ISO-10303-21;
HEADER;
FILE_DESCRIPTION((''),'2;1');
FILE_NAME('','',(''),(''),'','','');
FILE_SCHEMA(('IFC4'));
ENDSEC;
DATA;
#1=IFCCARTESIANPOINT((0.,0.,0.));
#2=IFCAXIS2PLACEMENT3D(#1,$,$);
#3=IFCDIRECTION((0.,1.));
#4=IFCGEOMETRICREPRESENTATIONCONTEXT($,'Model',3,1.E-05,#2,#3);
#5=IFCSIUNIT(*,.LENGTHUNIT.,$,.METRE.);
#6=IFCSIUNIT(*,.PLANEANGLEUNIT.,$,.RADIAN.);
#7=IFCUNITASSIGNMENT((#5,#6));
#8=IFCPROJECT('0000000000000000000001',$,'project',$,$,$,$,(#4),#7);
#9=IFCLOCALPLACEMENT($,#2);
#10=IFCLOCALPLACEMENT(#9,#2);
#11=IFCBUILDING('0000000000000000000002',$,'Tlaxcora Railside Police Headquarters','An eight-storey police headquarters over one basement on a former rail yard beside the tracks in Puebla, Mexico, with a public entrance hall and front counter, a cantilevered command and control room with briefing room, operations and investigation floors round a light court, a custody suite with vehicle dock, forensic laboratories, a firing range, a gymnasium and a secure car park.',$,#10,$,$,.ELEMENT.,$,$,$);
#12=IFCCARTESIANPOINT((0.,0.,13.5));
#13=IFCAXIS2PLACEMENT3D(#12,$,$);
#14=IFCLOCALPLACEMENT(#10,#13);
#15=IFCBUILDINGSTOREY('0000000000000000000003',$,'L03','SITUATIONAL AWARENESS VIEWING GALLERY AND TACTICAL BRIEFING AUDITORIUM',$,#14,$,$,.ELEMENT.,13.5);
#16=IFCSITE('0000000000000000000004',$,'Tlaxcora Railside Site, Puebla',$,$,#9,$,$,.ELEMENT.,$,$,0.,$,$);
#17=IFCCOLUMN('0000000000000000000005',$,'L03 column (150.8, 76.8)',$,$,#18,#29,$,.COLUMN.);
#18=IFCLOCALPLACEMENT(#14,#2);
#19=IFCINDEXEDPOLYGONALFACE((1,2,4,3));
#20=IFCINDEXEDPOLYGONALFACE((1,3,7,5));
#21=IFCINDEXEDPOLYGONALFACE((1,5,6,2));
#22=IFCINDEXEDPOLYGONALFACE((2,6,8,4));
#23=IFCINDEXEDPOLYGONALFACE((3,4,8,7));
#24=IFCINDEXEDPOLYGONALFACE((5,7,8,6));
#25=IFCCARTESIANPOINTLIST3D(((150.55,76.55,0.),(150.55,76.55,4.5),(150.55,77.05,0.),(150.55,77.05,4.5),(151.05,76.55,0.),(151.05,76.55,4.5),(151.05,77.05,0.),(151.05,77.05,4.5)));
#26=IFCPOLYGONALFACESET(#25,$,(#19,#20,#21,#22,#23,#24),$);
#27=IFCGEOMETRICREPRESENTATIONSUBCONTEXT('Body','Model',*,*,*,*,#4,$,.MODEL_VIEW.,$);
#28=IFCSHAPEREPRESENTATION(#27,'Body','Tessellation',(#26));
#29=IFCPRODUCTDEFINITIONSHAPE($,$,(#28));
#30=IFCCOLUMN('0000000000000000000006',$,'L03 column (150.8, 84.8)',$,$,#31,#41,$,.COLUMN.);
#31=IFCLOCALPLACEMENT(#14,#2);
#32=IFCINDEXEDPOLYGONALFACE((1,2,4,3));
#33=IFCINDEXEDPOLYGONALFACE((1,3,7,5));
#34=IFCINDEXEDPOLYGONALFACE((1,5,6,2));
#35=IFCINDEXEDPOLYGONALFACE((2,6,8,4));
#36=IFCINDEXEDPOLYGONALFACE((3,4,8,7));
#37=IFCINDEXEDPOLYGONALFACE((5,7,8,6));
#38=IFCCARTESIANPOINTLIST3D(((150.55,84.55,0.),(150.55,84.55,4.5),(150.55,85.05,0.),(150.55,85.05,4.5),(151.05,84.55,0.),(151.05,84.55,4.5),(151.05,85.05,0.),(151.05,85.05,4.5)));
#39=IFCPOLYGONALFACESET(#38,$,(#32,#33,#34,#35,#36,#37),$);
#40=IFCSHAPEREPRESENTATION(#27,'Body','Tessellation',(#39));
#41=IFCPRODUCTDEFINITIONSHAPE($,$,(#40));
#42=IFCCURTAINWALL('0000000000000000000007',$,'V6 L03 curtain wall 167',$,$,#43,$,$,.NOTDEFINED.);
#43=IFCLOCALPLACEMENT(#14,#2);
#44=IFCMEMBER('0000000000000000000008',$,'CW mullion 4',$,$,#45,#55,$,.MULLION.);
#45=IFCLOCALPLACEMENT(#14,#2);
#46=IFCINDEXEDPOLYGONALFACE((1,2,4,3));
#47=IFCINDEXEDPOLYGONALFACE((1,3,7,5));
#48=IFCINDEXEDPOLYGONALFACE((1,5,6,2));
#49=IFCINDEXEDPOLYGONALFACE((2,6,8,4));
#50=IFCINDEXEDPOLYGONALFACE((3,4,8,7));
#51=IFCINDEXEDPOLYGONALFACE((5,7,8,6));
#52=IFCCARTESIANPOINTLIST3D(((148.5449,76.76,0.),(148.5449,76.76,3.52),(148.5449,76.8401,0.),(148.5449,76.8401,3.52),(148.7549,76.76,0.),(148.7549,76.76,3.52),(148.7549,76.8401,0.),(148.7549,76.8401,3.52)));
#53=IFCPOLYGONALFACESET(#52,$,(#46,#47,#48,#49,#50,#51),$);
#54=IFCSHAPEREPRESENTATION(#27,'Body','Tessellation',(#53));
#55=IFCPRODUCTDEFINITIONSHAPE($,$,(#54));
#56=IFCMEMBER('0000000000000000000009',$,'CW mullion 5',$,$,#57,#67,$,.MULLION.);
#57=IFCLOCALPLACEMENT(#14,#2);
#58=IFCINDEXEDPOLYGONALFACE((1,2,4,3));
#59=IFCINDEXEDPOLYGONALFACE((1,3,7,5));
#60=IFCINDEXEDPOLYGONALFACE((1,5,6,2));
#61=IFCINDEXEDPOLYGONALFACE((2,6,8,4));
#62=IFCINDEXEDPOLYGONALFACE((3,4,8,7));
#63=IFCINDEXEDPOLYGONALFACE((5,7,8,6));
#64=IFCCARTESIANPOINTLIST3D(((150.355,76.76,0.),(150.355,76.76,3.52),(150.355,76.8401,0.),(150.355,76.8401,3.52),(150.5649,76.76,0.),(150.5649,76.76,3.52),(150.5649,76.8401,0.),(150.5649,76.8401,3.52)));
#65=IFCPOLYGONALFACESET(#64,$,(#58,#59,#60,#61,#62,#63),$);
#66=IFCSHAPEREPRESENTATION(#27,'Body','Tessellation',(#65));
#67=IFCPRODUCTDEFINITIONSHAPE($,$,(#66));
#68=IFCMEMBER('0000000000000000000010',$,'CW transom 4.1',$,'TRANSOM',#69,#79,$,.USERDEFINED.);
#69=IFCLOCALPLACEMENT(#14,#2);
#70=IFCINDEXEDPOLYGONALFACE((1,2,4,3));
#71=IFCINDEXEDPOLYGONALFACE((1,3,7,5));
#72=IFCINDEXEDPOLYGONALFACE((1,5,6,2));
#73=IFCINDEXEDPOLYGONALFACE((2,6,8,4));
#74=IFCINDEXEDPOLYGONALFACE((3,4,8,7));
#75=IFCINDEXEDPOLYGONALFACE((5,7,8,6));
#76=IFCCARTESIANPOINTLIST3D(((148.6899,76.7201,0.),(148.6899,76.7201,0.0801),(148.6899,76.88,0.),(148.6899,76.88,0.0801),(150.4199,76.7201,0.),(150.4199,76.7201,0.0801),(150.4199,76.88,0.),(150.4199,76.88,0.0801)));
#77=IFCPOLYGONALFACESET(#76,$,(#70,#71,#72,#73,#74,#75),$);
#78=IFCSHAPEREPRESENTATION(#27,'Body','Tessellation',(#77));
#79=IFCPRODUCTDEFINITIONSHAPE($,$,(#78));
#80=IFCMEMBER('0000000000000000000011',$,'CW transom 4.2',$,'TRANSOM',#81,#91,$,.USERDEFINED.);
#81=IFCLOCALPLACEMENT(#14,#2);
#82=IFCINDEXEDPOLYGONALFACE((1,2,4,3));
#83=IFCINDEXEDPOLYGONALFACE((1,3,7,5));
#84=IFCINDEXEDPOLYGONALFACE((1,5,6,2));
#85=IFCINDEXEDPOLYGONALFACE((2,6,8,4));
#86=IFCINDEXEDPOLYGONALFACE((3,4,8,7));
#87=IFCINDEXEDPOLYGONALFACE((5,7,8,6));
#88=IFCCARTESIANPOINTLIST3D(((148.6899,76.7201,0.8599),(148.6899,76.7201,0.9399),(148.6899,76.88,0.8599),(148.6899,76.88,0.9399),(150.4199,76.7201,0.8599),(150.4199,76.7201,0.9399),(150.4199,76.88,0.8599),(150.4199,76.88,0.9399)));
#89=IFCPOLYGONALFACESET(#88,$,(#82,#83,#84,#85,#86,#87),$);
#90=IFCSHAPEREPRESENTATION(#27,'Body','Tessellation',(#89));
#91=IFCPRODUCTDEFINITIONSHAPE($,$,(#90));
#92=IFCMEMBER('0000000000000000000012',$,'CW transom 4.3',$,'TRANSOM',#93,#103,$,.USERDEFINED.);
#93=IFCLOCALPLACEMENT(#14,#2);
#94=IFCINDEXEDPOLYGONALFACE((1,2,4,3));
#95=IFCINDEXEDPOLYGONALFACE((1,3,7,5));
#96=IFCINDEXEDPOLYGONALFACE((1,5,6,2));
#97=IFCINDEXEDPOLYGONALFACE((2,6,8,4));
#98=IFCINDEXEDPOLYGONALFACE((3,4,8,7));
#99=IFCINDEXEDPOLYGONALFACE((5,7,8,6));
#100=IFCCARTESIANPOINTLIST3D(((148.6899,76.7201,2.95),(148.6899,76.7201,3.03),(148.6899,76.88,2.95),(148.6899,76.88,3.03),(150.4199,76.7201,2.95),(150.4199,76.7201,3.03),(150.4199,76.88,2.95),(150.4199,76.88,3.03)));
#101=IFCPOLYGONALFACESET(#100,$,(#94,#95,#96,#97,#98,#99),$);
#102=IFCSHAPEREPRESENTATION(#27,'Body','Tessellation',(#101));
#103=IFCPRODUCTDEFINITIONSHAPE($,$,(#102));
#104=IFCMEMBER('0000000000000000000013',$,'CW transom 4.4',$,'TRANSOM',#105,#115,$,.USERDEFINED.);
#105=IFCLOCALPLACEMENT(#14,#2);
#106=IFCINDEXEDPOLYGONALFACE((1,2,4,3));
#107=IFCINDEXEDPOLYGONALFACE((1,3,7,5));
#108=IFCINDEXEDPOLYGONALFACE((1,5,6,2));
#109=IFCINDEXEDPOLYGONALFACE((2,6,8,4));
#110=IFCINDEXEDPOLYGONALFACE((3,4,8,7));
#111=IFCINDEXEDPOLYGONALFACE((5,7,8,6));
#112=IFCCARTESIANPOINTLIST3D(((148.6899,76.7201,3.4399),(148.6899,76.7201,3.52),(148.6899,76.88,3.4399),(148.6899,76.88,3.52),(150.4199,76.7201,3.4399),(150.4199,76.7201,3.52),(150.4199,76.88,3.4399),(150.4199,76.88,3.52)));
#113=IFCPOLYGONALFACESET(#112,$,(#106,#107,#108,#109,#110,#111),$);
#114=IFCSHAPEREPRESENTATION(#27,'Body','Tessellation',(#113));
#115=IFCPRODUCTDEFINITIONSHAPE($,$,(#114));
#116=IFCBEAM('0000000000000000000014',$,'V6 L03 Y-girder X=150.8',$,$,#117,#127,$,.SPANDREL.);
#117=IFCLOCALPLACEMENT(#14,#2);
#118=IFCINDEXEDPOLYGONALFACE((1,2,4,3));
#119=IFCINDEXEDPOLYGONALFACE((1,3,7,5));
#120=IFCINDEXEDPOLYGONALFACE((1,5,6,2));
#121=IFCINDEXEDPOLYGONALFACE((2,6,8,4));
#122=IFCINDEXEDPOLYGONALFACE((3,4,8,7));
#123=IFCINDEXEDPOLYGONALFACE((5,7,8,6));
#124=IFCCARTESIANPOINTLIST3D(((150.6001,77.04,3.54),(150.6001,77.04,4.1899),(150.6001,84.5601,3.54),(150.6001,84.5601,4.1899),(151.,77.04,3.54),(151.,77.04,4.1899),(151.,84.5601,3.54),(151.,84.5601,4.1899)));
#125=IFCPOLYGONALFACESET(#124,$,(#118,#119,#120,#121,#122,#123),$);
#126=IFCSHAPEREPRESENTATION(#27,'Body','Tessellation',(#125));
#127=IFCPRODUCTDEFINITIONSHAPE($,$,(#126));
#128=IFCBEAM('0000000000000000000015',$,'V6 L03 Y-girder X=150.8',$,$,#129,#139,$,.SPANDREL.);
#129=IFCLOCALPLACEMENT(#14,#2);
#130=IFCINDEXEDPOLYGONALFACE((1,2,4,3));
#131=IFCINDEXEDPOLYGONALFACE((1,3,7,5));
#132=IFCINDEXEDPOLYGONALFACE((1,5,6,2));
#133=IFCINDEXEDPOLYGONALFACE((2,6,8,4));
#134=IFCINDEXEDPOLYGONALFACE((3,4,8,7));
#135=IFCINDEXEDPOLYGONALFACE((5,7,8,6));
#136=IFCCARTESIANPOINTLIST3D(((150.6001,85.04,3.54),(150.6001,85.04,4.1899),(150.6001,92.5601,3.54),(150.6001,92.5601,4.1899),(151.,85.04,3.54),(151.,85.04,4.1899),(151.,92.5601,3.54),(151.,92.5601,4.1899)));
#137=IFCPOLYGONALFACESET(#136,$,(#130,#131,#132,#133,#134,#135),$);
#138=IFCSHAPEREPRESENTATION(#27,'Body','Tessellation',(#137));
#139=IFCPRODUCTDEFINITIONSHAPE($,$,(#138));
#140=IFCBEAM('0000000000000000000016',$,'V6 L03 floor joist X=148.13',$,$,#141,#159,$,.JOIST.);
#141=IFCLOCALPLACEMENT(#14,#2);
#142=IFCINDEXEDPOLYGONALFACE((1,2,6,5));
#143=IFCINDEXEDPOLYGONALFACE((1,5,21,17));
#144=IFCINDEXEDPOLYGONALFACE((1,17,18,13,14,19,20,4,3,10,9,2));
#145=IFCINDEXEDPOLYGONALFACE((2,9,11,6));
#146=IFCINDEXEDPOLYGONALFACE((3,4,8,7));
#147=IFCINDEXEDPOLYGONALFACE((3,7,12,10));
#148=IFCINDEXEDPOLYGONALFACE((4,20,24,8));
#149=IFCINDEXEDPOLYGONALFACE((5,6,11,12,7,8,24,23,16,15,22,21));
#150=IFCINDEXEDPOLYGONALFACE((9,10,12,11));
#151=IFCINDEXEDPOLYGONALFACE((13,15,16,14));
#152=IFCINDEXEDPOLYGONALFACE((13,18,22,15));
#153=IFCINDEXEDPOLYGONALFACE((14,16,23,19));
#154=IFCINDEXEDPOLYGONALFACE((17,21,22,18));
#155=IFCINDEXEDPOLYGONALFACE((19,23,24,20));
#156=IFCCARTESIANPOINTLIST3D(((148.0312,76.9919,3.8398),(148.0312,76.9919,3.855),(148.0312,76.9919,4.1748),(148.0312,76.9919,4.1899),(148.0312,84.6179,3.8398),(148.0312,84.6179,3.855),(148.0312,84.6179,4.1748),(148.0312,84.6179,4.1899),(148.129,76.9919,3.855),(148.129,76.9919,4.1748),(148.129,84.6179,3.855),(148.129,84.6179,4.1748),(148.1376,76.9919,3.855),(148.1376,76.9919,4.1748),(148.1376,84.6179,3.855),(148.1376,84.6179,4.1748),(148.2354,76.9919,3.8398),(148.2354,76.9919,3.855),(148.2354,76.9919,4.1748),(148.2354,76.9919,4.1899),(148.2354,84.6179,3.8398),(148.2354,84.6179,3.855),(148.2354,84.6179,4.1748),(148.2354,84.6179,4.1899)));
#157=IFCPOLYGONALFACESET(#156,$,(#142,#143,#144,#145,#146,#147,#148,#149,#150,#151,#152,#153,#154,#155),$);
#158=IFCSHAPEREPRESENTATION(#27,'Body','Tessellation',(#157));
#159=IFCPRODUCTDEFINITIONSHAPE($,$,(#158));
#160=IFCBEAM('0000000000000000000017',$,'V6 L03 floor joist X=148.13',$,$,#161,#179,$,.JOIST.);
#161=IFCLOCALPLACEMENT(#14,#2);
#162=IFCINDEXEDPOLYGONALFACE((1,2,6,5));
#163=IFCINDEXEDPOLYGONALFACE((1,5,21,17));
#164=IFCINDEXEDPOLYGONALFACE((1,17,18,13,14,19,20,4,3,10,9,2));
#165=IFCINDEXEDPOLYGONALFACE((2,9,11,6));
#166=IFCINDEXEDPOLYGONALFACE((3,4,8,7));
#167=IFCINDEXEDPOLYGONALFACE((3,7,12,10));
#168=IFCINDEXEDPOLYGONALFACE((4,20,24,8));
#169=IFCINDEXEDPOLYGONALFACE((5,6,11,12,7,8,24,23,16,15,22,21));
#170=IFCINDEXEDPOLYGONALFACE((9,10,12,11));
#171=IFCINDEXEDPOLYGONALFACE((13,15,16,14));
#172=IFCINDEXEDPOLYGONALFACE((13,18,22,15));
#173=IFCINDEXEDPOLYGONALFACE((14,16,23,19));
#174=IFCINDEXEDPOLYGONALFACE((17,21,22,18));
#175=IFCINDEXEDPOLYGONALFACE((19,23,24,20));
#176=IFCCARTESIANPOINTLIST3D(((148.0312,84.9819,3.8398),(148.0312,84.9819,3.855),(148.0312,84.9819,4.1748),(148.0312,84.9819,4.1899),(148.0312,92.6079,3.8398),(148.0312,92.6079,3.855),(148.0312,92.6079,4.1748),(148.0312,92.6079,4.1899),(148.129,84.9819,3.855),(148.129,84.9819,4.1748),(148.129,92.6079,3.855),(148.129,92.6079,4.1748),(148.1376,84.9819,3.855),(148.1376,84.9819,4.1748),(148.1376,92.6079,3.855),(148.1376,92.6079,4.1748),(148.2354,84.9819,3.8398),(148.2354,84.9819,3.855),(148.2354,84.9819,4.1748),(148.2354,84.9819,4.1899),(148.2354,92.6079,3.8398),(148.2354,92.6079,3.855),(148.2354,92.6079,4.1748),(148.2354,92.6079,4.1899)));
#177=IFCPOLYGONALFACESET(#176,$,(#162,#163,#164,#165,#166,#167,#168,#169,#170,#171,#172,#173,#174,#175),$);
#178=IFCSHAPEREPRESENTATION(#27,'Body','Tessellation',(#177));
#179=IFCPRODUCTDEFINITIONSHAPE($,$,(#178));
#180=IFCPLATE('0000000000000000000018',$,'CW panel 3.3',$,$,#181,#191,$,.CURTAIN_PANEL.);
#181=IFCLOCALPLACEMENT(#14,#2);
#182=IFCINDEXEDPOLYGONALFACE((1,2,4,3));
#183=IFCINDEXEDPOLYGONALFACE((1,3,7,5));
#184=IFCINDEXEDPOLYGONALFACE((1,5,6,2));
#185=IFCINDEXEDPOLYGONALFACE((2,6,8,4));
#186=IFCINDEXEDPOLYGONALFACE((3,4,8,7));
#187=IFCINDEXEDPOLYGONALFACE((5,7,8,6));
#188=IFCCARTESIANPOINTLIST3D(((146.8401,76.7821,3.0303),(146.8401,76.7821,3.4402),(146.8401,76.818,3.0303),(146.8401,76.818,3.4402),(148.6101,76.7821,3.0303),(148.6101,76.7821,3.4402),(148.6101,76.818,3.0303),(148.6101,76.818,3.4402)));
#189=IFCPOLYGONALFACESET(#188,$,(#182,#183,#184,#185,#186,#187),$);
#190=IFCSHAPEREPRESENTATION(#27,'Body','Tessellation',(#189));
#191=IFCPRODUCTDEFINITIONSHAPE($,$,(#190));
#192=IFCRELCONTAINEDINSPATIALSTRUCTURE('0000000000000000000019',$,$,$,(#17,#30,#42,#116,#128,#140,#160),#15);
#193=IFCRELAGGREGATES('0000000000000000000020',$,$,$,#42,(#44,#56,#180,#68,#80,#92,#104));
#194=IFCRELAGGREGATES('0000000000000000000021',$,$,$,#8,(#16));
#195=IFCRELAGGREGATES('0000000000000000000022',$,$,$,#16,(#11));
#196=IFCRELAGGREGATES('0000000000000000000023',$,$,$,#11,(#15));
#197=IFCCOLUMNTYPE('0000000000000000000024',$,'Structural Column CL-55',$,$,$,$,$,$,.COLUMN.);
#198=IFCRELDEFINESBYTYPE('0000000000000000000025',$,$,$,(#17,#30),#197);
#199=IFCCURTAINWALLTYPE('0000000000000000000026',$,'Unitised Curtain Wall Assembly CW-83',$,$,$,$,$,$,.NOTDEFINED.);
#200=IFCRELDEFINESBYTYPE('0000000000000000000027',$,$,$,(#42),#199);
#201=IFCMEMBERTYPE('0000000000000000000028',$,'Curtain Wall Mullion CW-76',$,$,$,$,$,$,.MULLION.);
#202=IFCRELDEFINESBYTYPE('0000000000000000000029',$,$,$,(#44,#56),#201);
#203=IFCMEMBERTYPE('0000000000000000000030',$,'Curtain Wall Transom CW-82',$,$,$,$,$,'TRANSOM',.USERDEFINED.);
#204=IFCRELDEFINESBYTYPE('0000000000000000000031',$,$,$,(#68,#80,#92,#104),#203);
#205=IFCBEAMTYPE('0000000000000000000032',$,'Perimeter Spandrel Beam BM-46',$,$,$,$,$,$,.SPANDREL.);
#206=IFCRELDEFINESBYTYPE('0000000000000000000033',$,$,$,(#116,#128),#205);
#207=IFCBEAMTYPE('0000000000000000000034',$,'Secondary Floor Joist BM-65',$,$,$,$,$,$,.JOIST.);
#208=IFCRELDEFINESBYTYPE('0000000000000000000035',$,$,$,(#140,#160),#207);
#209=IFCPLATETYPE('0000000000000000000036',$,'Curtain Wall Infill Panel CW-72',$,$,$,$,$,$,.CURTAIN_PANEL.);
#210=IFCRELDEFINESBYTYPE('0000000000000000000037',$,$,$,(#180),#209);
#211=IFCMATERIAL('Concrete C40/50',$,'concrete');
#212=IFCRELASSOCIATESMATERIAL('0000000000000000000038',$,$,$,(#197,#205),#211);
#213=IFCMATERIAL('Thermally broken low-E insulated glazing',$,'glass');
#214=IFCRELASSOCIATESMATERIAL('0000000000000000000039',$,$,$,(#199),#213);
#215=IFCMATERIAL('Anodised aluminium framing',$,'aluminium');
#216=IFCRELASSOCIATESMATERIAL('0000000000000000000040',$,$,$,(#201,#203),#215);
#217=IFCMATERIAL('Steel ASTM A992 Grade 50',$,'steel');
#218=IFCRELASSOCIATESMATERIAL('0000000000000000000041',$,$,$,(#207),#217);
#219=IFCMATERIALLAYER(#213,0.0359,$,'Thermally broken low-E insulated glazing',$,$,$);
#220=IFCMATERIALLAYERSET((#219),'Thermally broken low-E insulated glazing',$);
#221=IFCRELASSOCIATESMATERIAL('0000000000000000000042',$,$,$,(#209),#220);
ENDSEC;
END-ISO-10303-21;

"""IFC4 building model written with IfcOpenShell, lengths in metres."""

from ifc_helpers import new_model, si_unit, direction, frame, origin, origin_2d, place, context, subcontext, project, spatial, rectangle, i_section, extrude, material, layer, layer_set, material_profile, profile_set, type_object, element, aggregate, save


model = new_model("IFC4")

# Units and contexts
model_context = context("Model", 3, precision=1e-05, world=origin(), true_north=direction((0.0, 1.0)))
body_context = subcontext(model_context, "Body", "Model", "MODEL_VIEW")
ifc_project = project(units=[si_unit("LENGTHUNIT", "METRE"), si_unit("PLANEANGLEUNIT", "RADIAN")], contexts=[model_context])

# Site, building, storey
site_placement = place(None, origin())
site = spatial("IfcSite", under=ifc_project, at=site_placement, Name="Tlaxcora Railside Site, Puebla", CompositionType="ELEMENT", RefElevation=0.0)
building_placement = place(site_placement, origin())
building = spatial("IfcBuilding", under=site, at=building_placement, Name="Tlaxcora Railside Police Headquarters", Description="An eight-storey police headquarters over one basement on a former rail yard beside the tracks in Puebla, Mexico, with a public entrance hall and front counter, a cantilevered command and control room with briefing room, operations and investigation floors round a light court, a custody suite with vehicle dock, forensic laboratories, a firing range, a gymnasium and a secure car park.", CompositionType="ELEMENT")
storey_placement = place(building_placement, frame((0.0, 0.0, 13.5)))
storey = spatial("IfcBuildingStorey", under=building, at=storey_placement, Name="L03", Description="SITUATIONAL AWARENESS VIEWING GALLERY AND TACTICAL BRIEFING AUDITORIUM", CompositionType="ELEMENT", Elevation=13.5)

# Columns
ifc_material_1 = material(Name="Concrete C40/50", Category="concrete")
ifc_material_profile_1 = material_profile(ifc_material_1, rectangle(XDim=0.5, YDim=0.5, at=origin_2d()), Name="RC500X500")
ifc_profile_set_1 = profile_set([ifc_material_profile_1], Name="Concrete C40/50")
column_type = type_object("IfcColumnType", Name="Structural Column CL-55", PredefinedType="COLUMN", material=ifc_profile_set_1)
for number, where, z_axis, x_axis, name in (
    (1, (150.8, 76.8, 0.0), (0.0, 0.0, 1.0), (1.0, 0.0, 0.0), "L03 column (150.8, 76.8)"),
    (2, (150.8, 84.8, 0.0), (0.0, 0.0, 1.0), (1.0, 0.0, 0.0), "L03 column (150.8, 84.8)"),
):
    element("IfcColumn", number, at=place(storey_placement, frame(where, z_axis=z_axis, x_axis=x_axis)), inside=storey, type_object=column_type, Name=name, PredefinedType="COLUMN", context=body_context, shape_type="SweptSolid", body=[
        extrude(rectangle(XDim=0.5, YDim=0.5, at=origin_2d()), origin(), (0.0, 0.0, 1.0), 4.5),
    ])

# Curtain wall, members
ifc_material_2 = material(Name="Thermally broken low-E insulated glazing", Category="glass")
curtain_wall_type = type_object("IfcCurtainWallType", Name="Unitised Curtain Wall Assembly CW-83", PredefinedType="NOTDEFINED", material=ifc_material_2)
curtain_wall_placement = place(storey_placement, origin())
curtain_wall = element("IfcCurtainWall", 3, at=curtain_wall_placement, inside=storey, type_object=curtain_wall_type, Name="V6 L03 curtain wall 167", PredefinedType="NOTDEFINED")
ifc_material_3 = material(Name="Anodised aluminium framing", Category="aluminium")
ifc_material_profile_2 = material_profile(ifc_material_3, rectangle(XDim=0.0801, YDim=0.21, at=origin_2d()), Name="AL80X210")
ifc_profile_set_2 = profile_set([ifc_material_profile_2], Name="Anodised aluminium framing")
member_type_1 = type_object("IfcMemberType", Name="Curtain Wall Mullion CW-76", PredefinedType="MULLION", material=ifc_profile_set_2)
member_1_placement = place(storey_placement, frame((148.6499, 76.8, 0.0), z_axis=(0.0, 0.0, 1.0), x_axis=(0.0, 1.0, 0.0)))
member_1 = element("IfcMember", 4, at=member_1_placement, type_object=member_type_1, Name="CW mullion 4", PredefinedType="MULLION", context=body_context, shape_type="SweptSolid", body=[
    extrude(rectangle(XDim=0.0801, YDim=0.21, at=origin_2d()), origin(), (0.0, 0.0, 1.0), 3.52),
])
member_2_placement = place(storey_placement, frame((150.46, 76.8, 0.0), z_axis=(0.0, 0.0, 1.0), x_axis=(0.0, 1.0, 0.0)))
member_2 = element("IfcMember", 5, at=member_2_placement, type_object=member_type_1, Name="CW mullion 5", PredefinedType="MULLION", context=body_context, shape_type="SweptSolid", body=[
    extrude(rectangle(XDim=0.0801, YDim=0.21, at=origin_2d()), origin(), (0.0, 0.0, 1.0), 3.52),
])
ifc_material_profile_3 = material_profile(ifc_material_3, rectangle(XDim=0.1599, YDim=0.0801, at=origin_2d()), Name="AL80X160")
ifc_profile_set_3 = profile_set([ifc_material_profile_3], Name="Anodised aluminium framing")
member_type_2 = type_object("IfcMemberType", Name="Curtain Wall Transom CW-82", ElementType="TRANSOM", PredefinedType="USERDEFINED", material=ifc_profile_set_3)
member_3_placement = place(storey_placement, frame((148.6899, 76.8, 0.04), z_axis=(1.0, 0.0, 0.0), x_axis=(0.0, 1.0, 0.0)))
member_3 = element("IfcMember", 6, at=member_3_placement, type_object=member_type_2, Name="CW transom 4.1", ObjectType="TRANSOM", PredefinedType="USERDEFINED", context=body_context, shape_type="SweptSolid", body=[
    extrude(rectangle(XDim=0.1599, YDim=0.0801, at=origin_2d()), origin(), (0.0, 0.0, 1.0), 1.73),
])
member_4_placement = place(storey_placement, frame((148.6899, 76.8, 0.8999), z_axis=(1.0, 0.0, 0.0), x_axis=(0.0, 1.0, 0.0)))
member_4 = element("IfcMember", 7, at=member_4_placement, type_object=member_type_2, Name="CW transom 4.2", ObjectType="TRANSOM", PredefinedType="USERDEFINED", context=body_context, shape_type="SweptSolid", body=[
    extrude(rectangle(XDim=0.1599, YDim=0.0801, at=origin_2d()), origin(), (0.0, 0.0, 1.0), 1.73),
])
member_5_placement = place(storey_placement, frame((148.6899, 76.8, 2.99), z_axis=(1.0, 0.0, 0.0), x_axis=(0.0, 1.0, 0.0)))
member_5 = element("IfcMember", 8, at=member_5_placement, type_object=member_type_2, Name="CW transom 4.3", ObjectType="TRANSOM", PredefinedType="USERDEFINED", context=body_context, shape_type="SweptSolid", body=[
    extrude(rectangle(XDim=0.1599, YDim=0.0801, at=origin_2d()), origin(), (0.0, 0.0, 1.0), 1.73),
])
member_6_placement = place(storey_placement, frame((148.6899, 76.8, 3.48), z_axis=(1.0, 0.0, 0.0), x_axis=(0.0, 1.0, 0.0)))
member_6 = element("IfcMember", 9, at=member_6_placement, type_object=member_type_2, Name="CW transom 4.4", ObjectType="TRANSOM", PredefinedType="USERDEFINED", context=body_context, shape_type="SweptSolid", body=[
    extrude(rectangle(XDim=0.1599, YDim=0.0801, at=origin_2d()), origin(), (0.0, 0.0, 1.0), 1.73),
])

# Beams
ifc_material_profile_4 = material_profile(ifc_material_1, rectangle(XDim=0.3999, YDim=0.6499, at=origin_2d()), Name="RC400X650")
ifc_profile_set_4 = profile_set([ifc_material_profile_4], Name="Concrete C40/50")
beam_type_1 = type_object("IfcBeamType", Name="Perimeter Spandrel Beam BM-46", PredefinedType="SPANDREL", material=ifc_profile_set_4)
for number, where, z_axis, x_axis, name in (
    (10, (150.8, 77.04, 3.865), (0.0, 1.0, 0.0), (-1.0, 0.0, 0.0), "V6 L03 Y-girder X=150.8"),
    (11, (150.8, 85.04, 3.865), (0.0, 1.0, 0.0), (-1.0, 0.0, 0.0), "V6 L03 Y-girder X=150.8"),
):
    element("IfcBeam", number, at=place(storey_placement, frame(where, z_axis=z_axis, x_axis=x_axis)), inside=storey, type_object=beam_type_1, Name=name, PredefinedType="SPANDREL", context=body_context, shape_type="SweptSolid", body=[
        extrude(rectangle(XDim=0.3999, YDim=0.6499, at=origin_2d()), origin(), (0.0, 0.0, 1.0), 7.52),
    ])
ifc_material_4 = material(Name="Steel ASTM A992 Grade 50", Category="steel")
ifc_material_profile_5 = material_profile(ifc_material_4, i_section(OverallWidth=0.2041, OverallDepth=0.3501, WebThickness=0.0085, FlangeThickness=0.0151, at=origin_2d()), Name="W14X48")
ifc_profile_set_5 = profile_set([ifc_material_profile_5], Name="Steel ASTM A992 Grade 50")
beam_type_2 = type_object("IfcBeamType", Name="Secondary Floor Joist BM-65", PredefinedType="JOIST", material=ifc_profile_set_5)
for number, where, z_axis, x_axis, name in (
    (12, (148.1333, 76.9919, 4.0149), (0.0, 1.0, 0.0), (-1.0, 0.0, 0.0), "V6 L03 floor joist X=148.13"),
    (13, (148.1333, 84.9819, 4.0149), (0.0, 1.0, 0.0), (-1.0, 0.0, 0.0), "V6 L03 floor joist X=148.13"),
):
    element("IfcBeam", number, at=place(storey_placement, frame(where, z_axis=z_axis, x_axis=x_axis)), inside=storey, type_object=beam_type_2, Name=name, PredefinedType="JOIST", context=body_context, shape_type="SweptSolid", body=[
        extrude(i_section(OverallWidth=0.2041, OverallDepth=0.3501, WebThickness=0.0085, FlangeThickness=0.0151, at=origin_2d()), origin(), (0.0, 0.0, 1.0), 7.626),
    ])

# Plate
ifc_layer_1 = layer(ifc_material_2, 0.0359, Name="Thermally broken low-E insulated glazing")
ifc_layer_set_1 = layer_set([ifc_layer_1], Name="Thermally broken low-E insulated glazing")
plate_type = type_object("IfcPlateType", Name="Curtain Wall Infill Panel CW-72", PredefinedType="CURTAIN_PANEL", material=ifc_layer_set_1)
plate_1_placement = place(storey_placement, frame((147.7251, 76.8, 3.0303), z_axis=(0.0, 0.0, 1.0), x_axis=(1.0, 0.0, 0.0)))
plate_1 = element("IfcPlate", 14, at=plate_1_placement, type_object=plate_type, Name="CW panel 3.3", PredefinedType="CURTAIN_PANEL", context=body_context, shape_type="SweptSolid", body=[
    extrude(rectangle(XDim=1.77, YDim=0.0359, at=origin_2d()), origin(), (0.0, 0.0, 1.0), 0.4099),
])
aggregate(curtain_wall, [member_1, member_2, plate_1, member_3, member_4, member_5, member_6])

save(model, "model.ifc")
